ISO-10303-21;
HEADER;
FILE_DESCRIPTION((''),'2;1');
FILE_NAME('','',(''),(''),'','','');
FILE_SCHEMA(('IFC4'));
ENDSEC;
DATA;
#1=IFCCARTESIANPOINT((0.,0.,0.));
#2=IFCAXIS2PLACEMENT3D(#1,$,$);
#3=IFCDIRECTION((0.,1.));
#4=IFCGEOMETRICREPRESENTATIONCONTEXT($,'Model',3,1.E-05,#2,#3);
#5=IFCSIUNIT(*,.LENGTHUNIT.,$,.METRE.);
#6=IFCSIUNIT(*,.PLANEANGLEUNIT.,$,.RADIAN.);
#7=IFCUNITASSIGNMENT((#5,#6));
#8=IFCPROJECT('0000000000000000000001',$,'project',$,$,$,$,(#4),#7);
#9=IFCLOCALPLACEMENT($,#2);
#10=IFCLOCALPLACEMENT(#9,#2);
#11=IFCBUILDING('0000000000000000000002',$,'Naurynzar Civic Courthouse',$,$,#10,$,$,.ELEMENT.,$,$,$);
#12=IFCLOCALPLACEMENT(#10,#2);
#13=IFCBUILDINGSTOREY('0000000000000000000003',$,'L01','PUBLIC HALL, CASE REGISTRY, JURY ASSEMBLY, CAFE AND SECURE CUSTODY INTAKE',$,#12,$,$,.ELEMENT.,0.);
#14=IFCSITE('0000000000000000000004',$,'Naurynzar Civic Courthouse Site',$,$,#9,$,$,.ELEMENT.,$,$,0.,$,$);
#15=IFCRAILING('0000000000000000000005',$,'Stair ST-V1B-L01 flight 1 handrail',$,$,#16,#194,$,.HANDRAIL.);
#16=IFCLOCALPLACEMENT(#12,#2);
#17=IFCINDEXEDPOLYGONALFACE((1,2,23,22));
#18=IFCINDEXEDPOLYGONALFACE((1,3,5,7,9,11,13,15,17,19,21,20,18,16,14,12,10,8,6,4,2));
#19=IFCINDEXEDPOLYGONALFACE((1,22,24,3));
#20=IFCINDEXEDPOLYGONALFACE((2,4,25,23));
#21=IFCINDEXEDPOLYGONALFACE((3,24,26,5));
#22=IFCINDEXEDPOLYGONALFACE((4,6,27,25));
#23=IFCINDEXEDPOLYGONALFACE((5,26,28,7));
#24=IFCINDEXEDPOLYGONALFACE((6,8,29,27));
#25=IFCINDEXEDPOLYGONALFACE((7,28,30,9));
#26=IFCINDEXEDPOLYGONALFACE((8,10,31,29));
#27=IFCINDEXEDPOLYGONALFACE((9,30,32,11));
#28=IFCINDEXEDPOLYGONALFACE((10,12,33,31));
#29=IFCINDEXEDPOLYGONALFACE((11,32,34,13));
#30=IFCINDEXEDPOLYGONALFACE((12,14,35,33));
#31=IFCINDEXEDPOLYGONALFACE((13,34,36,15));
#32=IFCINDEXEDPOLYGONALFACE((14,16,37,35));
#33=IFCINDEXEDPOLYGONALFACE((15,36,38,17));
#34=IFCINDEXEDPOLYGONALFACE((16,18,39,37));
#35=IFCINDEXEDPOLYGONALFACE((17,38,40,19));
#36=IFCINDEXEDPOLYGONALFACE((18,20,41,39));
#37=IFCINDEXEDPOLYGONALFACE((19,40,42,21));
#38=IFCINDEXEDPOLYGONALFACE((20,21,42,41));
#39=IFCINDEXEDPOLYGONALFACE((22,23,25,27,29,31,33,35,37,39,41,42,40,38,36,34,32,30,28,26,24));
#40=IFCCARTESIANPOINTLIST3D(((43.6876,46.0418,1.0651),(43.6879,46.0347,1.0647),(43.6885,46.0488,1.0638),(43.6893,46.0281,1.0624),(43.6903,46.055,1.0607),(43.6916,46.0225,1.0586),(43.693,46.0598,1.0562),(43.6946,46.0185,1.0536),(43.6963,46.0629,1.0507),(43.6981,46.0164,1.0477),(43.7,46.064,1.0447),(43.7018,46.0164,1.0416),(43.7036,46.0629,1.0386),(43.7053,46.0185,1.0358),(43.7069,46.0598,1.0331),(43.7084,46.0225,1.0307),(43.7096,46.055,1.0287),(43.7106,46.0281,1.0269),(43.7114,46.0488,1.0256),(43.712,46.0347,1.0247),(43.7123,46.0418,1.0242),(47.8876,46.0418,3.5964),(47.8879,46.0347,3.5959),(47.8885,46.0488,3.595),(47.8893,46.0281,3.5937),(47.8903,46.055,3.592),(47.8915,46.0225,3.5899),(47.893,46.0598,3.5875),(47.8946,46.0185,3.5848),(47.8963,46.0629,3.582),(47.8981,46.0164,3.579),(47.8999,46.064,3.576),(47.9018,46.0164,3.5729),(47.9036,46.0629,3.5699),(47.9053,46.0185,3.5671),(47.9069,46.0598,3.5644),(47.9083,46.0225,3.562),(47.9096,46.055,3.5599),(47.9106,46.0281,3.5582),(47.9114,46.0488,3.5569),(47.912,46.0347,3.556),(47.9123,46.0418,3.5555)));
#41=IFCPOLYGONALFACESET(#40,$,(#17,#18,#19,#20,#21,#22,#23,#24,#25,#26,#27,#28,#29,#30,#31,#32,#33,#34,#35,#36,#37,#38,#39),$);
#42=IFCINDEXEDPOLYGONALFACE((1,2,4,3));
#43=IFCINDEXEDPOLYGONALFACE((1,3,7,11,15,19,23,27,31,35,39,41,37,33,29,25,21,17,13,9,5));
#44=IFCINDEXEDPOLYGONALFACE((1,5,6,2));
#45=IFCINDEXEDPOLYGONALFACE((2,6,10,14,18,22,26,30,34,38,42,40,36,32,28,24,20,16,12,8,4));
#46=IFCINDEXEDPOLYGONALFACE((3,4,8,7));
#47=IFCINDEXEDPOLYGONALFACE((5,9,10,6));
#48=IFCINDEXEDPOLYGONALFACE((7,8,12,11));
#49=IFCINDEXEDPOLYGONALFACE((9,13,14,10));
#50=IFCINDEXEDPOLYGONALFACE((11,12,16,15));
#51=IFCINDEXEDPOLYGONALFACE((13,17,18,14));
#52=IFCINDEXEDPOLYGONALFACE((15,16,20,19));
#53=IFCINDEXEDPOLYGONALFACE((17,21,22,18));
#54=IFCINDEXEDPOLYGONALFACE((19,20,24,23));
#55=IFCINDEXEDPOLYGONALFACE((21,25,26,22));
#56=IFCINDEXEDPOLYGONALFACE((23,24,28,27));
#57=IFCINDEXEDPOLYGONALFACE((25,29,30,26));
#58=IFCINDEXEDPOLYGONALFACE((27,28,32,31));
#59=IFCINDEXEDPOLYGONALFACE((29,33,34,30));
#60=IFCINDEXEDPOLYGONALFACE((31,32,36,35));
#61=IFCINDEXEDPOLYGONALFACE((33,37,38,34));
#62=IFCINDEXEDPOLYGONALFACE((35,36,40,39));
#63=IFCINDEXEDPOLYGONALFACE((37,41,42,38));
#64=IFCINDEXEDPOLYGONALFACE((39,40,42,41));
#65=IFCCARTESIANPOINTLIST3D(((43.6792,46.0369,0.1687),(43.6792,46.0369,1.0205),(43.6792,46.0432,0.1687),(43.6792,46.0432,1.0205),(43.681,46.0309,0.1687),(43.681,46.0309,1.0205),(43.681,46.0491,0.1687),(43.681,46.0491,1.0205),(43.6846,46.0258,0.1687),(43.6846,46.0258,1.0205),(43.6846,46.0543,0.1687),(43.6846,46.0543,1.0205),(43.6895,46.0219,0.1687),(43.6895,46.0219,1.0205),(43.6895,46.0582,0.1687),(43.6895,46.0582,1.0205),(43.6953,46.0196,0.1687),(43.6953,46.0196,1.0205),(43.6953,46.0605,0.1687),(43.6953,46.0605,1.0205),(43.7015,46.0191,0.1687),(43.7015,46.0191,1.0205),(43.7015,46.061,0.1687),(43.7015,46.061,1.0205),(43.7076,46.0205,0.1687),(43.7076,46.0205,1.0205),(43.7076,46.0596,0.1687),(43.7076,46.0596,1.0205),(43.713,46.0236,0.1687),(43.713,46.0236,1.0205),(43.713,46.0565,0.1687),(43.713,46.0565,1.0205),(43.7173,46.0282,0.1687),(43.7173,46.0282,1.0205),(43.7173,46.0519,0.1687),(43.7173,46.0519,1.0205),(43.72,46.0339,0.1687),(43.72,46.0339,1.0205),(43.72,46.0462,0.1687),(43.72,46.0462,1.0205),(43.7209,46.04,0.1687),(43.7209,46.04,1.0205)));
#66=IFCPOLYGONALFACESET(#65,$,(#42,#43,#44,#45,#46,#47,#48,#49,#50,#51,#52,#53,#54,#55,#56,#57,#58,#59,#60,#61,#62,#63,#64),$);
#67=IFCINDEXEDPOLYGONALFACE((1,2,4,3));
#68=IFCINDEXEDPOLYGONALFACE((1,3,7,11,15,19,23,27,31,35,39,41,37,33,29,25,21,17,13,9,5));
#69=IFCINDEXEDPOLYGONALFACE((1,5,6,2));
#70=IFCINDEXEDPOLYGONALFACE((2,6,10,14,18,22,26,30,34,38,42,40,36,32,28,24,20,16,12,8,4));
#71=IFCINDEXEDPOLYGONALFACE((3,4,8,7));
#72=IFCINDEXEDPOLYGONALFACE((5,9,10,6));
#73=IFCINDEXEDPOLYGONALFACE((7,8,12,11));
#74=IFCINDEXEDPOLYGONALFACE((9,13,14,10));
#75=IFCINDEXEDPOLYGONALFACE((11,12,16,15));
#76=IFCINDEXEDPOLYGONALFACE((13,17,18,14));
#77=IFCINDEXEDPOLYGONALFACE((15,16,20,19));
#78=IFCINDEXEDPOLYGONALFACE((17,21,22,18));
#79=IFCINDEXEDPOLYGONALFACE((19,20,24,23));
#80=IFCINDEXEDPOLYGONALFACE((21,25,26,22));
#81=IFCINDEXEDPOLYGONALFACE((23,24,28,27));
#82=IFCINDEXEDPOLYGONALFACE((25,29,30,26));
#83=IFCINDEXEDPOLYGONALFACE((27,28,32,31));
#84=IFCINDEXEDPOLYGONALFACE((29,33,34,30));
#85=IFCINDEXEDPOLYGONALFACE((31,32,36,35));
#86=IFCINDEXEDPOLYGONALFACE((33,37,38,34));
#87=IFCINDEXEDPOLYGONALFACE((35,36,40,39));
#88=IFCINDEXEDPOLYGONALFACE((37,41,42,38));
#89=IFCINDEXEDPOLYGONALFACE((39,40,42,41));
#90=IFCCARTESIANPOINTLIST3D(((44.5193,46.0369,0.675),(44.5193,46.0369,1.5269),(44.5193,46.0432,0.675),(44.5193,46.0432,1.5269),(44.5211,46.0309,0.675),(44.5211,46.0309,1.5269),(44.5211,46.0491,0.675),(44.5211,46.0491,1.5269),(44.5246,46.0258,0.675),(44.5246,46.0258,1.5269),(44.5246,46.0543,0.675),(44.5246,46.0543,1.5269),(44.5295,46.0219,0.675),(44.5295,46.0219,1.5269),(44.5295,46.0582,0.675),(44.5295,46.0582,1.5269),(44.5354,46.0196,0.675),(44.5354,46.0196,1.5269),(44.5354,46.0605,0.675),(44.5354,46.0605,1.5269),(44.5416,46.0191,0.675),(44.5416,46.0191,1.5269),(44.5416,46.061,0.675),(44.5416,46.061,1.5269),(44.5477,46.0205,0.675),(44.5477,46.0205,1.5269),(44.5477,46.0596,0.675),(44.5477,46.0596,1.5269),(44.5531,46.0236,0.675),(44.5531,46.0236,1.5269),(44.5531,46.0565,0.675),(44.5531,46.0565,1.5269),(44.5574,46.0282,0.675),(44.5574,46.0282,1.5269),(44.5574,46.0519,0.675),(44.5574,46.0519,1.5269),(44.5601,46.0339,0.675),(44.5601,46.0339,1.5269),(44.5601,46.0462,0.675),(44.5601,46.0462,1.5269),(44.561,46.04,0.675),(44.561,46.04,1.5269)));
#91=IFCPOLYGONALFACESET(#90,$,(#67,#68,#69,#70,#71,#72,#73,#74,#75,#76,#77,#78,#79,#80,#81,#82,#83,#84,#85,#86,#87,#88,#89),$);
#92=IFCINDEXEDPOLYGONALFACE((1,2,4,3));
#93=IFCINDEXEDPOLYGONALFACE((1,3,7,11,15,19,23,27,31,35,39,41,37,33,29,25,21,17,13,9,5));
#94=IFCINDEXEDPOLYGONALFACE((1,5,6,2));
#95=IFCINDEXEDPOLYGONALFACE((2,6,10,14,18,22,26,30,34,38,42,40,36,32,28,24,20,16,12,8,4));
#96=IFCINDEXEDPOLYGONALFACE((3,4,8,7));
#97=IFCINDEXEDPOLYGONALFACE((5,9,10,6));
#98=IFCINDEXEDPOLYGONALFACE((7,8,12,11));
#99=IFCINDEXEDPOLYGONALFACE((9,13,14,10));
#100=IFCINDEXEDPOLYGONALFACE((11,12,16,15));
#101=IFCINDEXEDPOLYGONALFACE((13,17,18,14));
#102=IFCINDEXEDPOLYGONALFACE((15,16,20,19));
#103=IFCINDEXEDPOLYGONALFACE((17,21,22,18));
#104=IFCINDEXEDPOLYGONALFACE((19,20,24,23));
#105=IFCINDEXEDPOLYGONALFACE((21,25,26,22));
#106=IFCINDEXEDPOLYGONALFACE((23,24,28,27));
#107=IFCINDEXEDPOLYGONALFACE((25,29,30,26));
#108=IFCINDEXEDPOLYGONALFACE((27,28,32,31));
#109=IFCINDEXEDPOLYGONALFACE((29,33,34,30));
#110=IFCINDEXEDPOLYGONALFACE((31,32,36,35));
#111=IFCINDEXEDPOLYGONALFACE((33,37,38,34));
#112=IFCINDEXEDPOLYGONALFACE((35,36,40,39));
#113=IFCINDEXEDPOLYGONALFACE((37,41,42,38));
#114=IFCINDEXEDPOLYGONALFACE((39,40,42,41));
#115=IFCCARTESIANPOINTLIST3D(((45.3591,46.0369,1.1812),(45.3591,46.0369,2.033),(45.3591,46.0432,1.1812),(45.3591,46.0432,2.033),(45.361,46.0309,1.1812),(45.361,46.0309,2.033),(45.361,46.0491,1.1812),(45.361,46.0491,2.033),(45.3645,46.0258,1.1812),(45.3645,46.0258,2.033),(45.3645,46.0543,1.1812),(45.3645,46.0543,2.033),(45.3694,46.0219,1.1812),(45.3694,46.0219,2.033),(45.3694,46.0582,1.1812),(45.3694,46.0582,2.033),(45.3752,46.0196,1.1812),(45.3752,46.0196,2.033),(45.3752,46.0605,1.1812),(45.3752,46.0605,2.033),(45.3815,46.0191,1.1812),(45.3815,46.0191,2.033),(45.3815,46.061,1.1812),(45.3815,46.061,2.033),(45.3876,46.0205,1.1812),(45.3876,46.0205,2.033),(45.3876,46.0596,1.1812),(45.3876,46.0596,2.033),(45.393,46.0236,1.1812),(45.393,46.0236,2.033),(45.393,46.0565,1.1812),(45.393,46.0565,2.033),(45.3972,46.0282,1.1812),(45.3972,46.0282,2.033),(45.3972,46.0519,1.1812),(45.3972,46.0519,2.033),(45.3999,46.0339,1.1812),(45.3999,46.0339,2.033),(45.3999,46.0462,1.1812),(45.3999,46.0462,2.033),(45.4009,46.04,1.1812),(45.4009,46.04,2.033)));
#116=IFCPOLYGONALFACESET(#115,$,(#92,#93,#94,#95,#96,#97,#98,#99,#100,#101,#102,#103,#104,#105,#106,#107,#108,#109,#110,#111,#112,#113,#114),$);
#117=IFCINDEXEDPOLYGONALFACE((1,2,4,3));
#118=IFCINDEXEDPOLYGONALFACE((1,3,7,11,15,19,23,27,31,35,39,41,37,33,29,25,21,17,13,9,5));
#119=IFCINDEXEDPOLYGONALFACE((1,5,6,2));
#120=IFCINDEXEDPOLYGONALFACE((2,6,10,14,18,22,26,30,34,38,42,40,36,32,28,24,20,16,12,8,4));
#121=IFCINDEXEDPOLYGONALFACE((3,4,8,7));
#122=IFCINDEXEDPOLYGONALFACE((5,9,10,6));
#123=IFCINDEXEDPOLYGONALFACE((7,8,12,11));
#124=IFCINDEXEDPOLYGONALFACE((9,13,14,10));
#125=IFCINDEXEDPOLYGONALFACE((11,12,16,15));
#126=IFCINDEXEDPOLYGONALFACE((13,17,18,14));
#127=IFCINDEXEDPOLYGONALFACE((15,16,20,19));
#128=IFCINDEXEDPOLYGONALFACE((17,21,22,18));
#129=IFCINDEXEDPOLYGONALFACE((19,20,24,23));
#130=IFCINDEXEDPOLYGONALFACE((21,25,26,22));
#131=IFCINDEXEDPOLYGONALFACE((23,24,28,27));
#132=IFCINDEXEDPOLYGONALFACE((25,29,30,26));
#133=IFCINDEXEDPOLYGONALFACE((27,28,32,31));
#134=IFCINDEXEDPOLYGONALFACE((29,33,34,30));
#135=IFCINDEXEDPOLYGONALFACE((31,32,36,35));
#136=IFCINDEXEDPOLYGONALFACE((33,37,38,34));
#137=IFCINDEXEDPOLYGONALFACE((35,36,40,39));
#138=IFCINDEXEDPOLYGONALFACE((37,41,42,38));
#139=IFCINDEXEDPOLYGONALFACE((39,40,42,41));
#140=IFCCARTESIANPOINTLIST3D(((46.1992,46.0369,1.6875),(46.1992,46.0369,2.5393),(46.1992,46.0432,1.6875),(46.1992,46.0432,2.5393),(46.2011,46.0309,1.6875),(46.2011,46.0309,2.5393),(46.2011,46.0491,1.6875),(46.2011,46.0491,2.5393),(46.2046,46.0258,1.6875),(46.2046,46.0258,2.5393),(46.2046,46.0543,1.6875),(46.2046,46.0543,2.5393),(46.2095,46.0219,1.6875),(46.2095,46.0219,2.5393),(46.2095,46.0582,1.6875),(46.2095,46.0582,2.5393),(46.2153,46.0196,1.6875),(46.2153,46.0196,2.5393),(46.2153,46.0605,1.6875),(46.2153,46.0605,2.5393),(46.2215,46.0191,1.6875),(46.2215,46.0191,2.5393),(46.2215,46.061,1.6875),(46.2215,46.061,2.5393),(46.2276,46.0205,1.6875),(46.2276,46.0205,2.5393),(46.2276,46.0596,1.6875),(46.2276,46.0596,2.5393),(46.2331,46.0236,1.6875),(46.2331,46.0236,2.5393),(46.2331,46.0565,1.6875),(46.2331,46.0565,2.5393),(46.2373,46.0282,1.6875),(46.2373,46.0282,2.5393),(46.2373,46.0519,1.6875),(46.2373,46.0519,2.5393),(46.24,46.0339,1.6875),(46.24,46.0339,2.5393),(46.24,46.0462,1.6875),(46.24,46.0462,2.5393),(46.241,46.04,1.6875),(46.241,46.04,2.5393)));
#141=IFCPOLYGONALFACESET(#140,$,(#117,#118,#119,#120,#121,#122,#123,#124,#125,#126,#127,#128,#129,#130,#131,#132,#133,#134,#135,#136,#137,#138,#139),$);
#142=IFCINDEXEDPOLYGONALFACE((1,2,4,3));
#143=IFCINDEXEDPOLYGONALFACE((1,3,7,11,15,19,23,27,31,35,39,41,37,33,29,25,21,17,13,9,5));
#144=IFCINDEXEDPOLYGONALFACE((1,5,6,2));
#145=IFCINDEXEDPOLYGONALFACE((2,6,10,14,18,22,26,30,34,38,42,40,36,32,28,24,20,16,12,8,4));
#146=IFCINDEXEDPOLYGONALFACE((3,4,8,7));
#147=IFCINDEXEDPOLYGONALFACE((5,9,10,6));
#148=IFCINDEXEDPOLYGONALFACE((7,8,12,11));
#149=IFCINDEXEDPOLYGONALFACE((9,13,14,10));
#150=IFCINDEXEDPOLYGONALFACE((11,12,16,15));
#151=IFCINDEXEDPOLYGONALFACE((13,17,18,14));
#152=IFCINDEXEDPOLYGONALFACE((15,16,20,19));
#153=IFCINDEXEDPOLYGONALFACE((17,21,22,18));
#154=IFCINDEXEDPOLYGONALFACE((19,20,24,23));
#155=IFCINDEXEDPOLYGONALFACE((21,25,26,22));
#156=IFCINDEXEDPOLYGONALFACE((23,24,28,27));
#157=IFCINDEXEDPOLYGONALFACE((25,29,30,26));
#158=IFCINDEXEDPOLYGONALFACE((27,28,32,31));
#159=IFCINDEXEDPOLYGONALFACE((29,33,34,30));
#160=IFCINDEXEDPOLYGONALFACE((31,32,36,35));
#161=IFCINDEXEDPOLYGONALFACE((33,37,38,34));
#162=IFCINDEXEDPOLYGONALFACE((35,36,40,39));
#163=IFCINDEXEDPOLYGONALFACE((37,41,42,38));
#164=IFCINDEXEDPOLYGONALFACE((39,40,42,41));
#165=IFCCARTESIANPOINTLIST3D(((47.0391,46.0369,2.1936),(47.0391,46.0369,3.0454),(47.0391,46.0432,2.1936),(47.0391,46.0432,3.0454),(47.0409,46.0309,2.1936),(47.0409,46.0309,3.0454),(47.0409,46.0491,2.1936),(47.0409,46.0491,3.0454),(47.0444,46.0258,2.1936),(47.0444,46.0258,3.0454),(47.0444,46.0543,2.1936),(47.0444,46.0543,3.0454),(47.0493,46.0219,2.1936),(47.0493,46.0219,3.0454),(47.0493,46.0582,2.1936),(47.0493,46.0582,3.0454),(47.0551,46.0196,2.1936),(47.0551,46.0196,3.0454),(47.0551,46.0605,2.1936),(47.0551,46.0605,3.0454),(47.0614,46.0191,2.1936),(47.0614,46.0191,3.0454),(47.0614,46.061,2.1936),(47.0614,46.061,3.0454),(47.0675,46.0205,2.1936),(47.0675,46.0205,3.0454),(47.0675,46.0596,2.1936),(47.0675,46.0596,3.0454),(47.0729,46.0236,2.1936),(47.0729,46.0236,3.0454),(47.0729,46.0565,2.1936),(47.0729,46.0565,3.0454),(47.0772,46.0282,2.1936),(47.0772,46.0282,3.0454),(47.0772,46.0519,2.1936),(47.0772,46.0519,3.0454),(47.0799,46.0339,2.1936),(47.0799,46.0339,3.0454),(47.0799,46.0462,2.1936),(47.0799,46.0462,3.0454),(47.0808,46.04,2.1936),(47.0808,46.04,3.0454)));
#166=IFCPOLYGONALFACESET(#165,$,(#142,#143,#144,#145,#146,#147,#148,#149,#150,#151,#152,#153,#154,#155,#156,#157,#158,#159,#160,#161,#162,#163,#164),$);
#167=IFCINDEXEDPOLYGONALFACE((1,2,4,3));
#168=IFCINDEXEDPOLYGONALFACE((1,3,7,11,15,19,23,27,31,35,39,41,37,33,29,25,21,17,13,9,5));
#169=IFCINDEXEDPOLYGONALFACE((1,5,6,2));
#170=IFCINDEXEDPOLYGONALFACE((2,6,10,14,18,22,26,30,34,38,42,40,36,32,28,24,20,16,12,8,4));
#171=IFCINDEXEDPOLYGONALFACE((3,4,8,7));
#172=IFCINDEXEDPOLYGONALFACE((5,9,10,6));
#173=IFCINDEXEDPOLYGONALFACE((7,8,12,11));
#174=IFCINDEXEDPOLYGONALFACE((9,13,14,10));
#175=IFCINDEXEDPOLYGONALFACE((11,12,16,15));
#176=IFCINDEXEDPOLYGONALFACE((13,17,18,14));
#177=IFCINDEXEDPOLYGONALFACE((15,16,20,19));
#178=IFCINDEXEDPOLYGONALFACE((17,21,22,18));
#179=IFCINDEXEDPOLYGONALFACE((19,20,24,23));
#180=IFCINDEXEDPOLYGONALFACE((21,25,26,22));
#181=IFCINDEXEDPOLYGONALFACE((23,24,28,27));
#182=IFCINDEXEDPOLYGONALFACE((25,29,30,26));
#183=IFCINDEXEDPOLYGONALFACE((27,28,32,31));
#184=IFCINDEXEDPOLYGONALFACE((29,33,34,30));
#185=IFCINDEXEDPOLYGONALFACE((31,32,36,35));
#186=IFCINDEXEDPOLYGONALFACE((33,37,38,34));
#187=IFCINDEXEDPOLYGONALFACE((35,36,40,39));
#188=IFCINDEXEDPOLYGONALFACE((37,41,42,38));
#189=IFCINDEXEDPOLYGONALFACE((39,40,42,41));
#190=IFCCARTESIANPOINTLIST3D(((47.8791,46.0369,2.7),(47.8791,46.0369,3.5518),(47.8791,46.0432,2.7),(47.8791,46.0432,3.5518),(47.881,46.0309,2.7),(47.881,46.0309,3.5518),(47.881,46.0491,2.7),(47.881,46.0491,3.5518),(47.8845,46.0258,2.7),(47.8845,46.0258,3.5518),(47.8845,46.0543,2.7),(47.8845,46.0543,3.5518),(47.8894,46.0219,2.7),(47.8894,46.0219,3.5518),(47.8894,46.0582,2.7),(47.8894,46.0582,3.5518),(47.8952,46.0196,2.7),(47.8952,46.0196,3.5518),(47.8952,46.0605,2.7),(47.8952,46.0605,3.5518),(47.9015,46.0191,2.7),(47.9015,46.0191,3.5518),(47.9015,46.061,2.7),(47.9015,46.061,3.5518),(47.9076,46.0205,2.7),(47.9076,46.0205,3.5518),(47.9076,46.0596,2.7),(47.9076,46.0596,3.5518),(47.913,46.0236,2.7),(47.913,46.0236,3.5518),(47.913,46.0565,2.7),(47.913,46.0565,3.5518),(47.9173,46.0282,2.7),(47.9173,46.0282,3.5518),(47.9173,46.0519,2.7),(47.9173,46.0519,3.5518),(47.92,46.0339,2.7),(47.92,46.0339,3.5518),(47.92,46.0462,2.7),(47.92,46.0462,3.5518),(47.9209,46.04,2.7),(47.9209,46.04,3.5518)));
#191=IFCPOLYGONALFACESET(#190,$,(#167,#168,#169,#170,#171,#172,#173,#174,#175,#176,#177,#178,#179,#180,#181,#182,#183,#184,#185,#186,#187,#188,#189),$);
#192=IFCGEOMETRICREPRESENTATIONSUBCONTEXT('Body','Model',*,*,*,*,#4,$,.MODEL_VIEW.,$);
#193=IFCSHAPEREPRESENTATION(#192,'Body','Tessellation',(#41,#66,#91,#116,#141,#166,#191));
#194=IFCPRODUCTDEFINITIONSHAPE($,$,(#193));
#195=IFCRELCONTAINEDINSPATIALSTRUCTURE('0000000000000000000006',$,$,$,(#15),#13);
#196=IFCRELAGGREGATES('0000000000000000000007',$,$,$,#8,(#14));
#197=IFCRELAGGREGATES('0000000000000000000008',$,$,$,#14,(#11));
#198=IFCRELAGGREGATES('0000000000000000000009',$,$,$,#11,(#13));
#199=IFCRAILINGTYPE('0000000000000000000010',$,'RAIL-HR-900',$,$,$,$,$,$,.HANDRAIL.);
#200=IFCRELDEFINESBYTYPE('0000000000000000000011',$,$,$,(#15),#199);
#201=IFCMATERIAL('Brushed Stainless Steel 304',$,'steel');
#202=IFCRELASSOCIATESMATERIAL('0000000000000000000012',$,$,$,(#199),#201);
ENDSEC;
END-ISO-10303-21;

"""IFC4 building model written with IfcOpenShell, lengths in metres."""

from ifc_helpers import new_model, si_unit, direction, frame, origin, origin_2d, place, context, subcontext, project, spatial, circle, extrude, material, type_object, element, save


model = new_model("IFC4")

# Units and contexts
model_context = context("Model", 3, precision=1e-05, world=origin(), true_north=direction((0.0, 1.0)))
body_context = subcontext(model_context, "Body", "Model", "MODEL_VIEW")
ifc_project = project(units=[si_unit("LENGTHUNIT", "METRE"), si_unit("PLANEANGLEUNIT", "RADIAN")], contexts=[model_context])

# Site, building, storey
site_placement = place(None, origin())
site = spatial("IfcSite", under=ifc_project, at=site_placement, Name="Naurynzar Civic Courthouse Site", CompositionType="ELEMENT", RefElevation=0.0)
building_placement = place(site_placement, origin())
building = spatial("IfcBuilding", under=site, at=building_placement, Name="Naurynzar Civic Courthouse", CompositionType="ELEMENT")
storey_placement = place(building_placement, origin())
storey = spatial("IfcBuildingStorey", under=building, at=storey_placement, Name="L01", Description="PUBLIC HALL, CASE REGISTRY, JURY ASSEMBLY, CAFE AND SECURE CUSTODY INTAKE", CompositionType="ELEMENT", Elevation=0.0)

# Railing
ifc_material_1 = material(Name="Brushed Stainless Steel 304", Category="steel")
railing_type_1 = type_object("IfcRailingType", Name="RAIL-HR-900", PredefinedType="HANDRAIL", material=ifc_material_1)
railing_1_placement = place(storey_placement, frame((43.7, 46.04, 0.1687)))
element("IfcRailing", 1, at=railing_1_placement, inside=storey, type_object=railing_type_1, Name="Stair ST-V1B-L01 flight 1 handrail", PredefinedType="HANDRAIL", context=body_context, shape_type="SweptSolid", body=[
    extrude(circle(Radius=0.0239, at=origin_2d()), frame((0.0, 0.0, 0.876), z_axis=(0.856476, 0.0, 0.516186), x_axis=(0.0, 1.0, 0.0)), (0.0, 0.0, 1.0), 4.9038),
    extrude(circle(Radius=0.021, at=origin_2d()), origin(), (0.0, 0.0, 1.0), 0.8518),
    extrude(circle(Radius=0.021, at=origin_2d()), frame((0.8401, 0.0, 0.5063)), (0.0, 0.0, 1.0), 0.8518),
    extrude(circle(Radius=0.021, at=origin_2d()), frame((1.6799, 0.0, 1.0125)), (0.0, 0.0, 1.0), 0.8518),
    extrude(circle(Radius=0.021, at=origin_2d()), frame((2.52, 0.0, 1.5188)), (0.0, 0.0, 1.0), 0.8518),
    extrude(circle(Radius=0.021, at=origin_2d()), frame((3.3599, 0.0, 2.0249)), (0.0, 0.0, 1.0), 0.8518),
    extrude(circle(Radius=0.021, at=origin_2d()), frame((4.2, 0.0, 2.5312)), (0.0, 0.0, 1.0), 0.8518),
])

save(model, "model.ifc")
